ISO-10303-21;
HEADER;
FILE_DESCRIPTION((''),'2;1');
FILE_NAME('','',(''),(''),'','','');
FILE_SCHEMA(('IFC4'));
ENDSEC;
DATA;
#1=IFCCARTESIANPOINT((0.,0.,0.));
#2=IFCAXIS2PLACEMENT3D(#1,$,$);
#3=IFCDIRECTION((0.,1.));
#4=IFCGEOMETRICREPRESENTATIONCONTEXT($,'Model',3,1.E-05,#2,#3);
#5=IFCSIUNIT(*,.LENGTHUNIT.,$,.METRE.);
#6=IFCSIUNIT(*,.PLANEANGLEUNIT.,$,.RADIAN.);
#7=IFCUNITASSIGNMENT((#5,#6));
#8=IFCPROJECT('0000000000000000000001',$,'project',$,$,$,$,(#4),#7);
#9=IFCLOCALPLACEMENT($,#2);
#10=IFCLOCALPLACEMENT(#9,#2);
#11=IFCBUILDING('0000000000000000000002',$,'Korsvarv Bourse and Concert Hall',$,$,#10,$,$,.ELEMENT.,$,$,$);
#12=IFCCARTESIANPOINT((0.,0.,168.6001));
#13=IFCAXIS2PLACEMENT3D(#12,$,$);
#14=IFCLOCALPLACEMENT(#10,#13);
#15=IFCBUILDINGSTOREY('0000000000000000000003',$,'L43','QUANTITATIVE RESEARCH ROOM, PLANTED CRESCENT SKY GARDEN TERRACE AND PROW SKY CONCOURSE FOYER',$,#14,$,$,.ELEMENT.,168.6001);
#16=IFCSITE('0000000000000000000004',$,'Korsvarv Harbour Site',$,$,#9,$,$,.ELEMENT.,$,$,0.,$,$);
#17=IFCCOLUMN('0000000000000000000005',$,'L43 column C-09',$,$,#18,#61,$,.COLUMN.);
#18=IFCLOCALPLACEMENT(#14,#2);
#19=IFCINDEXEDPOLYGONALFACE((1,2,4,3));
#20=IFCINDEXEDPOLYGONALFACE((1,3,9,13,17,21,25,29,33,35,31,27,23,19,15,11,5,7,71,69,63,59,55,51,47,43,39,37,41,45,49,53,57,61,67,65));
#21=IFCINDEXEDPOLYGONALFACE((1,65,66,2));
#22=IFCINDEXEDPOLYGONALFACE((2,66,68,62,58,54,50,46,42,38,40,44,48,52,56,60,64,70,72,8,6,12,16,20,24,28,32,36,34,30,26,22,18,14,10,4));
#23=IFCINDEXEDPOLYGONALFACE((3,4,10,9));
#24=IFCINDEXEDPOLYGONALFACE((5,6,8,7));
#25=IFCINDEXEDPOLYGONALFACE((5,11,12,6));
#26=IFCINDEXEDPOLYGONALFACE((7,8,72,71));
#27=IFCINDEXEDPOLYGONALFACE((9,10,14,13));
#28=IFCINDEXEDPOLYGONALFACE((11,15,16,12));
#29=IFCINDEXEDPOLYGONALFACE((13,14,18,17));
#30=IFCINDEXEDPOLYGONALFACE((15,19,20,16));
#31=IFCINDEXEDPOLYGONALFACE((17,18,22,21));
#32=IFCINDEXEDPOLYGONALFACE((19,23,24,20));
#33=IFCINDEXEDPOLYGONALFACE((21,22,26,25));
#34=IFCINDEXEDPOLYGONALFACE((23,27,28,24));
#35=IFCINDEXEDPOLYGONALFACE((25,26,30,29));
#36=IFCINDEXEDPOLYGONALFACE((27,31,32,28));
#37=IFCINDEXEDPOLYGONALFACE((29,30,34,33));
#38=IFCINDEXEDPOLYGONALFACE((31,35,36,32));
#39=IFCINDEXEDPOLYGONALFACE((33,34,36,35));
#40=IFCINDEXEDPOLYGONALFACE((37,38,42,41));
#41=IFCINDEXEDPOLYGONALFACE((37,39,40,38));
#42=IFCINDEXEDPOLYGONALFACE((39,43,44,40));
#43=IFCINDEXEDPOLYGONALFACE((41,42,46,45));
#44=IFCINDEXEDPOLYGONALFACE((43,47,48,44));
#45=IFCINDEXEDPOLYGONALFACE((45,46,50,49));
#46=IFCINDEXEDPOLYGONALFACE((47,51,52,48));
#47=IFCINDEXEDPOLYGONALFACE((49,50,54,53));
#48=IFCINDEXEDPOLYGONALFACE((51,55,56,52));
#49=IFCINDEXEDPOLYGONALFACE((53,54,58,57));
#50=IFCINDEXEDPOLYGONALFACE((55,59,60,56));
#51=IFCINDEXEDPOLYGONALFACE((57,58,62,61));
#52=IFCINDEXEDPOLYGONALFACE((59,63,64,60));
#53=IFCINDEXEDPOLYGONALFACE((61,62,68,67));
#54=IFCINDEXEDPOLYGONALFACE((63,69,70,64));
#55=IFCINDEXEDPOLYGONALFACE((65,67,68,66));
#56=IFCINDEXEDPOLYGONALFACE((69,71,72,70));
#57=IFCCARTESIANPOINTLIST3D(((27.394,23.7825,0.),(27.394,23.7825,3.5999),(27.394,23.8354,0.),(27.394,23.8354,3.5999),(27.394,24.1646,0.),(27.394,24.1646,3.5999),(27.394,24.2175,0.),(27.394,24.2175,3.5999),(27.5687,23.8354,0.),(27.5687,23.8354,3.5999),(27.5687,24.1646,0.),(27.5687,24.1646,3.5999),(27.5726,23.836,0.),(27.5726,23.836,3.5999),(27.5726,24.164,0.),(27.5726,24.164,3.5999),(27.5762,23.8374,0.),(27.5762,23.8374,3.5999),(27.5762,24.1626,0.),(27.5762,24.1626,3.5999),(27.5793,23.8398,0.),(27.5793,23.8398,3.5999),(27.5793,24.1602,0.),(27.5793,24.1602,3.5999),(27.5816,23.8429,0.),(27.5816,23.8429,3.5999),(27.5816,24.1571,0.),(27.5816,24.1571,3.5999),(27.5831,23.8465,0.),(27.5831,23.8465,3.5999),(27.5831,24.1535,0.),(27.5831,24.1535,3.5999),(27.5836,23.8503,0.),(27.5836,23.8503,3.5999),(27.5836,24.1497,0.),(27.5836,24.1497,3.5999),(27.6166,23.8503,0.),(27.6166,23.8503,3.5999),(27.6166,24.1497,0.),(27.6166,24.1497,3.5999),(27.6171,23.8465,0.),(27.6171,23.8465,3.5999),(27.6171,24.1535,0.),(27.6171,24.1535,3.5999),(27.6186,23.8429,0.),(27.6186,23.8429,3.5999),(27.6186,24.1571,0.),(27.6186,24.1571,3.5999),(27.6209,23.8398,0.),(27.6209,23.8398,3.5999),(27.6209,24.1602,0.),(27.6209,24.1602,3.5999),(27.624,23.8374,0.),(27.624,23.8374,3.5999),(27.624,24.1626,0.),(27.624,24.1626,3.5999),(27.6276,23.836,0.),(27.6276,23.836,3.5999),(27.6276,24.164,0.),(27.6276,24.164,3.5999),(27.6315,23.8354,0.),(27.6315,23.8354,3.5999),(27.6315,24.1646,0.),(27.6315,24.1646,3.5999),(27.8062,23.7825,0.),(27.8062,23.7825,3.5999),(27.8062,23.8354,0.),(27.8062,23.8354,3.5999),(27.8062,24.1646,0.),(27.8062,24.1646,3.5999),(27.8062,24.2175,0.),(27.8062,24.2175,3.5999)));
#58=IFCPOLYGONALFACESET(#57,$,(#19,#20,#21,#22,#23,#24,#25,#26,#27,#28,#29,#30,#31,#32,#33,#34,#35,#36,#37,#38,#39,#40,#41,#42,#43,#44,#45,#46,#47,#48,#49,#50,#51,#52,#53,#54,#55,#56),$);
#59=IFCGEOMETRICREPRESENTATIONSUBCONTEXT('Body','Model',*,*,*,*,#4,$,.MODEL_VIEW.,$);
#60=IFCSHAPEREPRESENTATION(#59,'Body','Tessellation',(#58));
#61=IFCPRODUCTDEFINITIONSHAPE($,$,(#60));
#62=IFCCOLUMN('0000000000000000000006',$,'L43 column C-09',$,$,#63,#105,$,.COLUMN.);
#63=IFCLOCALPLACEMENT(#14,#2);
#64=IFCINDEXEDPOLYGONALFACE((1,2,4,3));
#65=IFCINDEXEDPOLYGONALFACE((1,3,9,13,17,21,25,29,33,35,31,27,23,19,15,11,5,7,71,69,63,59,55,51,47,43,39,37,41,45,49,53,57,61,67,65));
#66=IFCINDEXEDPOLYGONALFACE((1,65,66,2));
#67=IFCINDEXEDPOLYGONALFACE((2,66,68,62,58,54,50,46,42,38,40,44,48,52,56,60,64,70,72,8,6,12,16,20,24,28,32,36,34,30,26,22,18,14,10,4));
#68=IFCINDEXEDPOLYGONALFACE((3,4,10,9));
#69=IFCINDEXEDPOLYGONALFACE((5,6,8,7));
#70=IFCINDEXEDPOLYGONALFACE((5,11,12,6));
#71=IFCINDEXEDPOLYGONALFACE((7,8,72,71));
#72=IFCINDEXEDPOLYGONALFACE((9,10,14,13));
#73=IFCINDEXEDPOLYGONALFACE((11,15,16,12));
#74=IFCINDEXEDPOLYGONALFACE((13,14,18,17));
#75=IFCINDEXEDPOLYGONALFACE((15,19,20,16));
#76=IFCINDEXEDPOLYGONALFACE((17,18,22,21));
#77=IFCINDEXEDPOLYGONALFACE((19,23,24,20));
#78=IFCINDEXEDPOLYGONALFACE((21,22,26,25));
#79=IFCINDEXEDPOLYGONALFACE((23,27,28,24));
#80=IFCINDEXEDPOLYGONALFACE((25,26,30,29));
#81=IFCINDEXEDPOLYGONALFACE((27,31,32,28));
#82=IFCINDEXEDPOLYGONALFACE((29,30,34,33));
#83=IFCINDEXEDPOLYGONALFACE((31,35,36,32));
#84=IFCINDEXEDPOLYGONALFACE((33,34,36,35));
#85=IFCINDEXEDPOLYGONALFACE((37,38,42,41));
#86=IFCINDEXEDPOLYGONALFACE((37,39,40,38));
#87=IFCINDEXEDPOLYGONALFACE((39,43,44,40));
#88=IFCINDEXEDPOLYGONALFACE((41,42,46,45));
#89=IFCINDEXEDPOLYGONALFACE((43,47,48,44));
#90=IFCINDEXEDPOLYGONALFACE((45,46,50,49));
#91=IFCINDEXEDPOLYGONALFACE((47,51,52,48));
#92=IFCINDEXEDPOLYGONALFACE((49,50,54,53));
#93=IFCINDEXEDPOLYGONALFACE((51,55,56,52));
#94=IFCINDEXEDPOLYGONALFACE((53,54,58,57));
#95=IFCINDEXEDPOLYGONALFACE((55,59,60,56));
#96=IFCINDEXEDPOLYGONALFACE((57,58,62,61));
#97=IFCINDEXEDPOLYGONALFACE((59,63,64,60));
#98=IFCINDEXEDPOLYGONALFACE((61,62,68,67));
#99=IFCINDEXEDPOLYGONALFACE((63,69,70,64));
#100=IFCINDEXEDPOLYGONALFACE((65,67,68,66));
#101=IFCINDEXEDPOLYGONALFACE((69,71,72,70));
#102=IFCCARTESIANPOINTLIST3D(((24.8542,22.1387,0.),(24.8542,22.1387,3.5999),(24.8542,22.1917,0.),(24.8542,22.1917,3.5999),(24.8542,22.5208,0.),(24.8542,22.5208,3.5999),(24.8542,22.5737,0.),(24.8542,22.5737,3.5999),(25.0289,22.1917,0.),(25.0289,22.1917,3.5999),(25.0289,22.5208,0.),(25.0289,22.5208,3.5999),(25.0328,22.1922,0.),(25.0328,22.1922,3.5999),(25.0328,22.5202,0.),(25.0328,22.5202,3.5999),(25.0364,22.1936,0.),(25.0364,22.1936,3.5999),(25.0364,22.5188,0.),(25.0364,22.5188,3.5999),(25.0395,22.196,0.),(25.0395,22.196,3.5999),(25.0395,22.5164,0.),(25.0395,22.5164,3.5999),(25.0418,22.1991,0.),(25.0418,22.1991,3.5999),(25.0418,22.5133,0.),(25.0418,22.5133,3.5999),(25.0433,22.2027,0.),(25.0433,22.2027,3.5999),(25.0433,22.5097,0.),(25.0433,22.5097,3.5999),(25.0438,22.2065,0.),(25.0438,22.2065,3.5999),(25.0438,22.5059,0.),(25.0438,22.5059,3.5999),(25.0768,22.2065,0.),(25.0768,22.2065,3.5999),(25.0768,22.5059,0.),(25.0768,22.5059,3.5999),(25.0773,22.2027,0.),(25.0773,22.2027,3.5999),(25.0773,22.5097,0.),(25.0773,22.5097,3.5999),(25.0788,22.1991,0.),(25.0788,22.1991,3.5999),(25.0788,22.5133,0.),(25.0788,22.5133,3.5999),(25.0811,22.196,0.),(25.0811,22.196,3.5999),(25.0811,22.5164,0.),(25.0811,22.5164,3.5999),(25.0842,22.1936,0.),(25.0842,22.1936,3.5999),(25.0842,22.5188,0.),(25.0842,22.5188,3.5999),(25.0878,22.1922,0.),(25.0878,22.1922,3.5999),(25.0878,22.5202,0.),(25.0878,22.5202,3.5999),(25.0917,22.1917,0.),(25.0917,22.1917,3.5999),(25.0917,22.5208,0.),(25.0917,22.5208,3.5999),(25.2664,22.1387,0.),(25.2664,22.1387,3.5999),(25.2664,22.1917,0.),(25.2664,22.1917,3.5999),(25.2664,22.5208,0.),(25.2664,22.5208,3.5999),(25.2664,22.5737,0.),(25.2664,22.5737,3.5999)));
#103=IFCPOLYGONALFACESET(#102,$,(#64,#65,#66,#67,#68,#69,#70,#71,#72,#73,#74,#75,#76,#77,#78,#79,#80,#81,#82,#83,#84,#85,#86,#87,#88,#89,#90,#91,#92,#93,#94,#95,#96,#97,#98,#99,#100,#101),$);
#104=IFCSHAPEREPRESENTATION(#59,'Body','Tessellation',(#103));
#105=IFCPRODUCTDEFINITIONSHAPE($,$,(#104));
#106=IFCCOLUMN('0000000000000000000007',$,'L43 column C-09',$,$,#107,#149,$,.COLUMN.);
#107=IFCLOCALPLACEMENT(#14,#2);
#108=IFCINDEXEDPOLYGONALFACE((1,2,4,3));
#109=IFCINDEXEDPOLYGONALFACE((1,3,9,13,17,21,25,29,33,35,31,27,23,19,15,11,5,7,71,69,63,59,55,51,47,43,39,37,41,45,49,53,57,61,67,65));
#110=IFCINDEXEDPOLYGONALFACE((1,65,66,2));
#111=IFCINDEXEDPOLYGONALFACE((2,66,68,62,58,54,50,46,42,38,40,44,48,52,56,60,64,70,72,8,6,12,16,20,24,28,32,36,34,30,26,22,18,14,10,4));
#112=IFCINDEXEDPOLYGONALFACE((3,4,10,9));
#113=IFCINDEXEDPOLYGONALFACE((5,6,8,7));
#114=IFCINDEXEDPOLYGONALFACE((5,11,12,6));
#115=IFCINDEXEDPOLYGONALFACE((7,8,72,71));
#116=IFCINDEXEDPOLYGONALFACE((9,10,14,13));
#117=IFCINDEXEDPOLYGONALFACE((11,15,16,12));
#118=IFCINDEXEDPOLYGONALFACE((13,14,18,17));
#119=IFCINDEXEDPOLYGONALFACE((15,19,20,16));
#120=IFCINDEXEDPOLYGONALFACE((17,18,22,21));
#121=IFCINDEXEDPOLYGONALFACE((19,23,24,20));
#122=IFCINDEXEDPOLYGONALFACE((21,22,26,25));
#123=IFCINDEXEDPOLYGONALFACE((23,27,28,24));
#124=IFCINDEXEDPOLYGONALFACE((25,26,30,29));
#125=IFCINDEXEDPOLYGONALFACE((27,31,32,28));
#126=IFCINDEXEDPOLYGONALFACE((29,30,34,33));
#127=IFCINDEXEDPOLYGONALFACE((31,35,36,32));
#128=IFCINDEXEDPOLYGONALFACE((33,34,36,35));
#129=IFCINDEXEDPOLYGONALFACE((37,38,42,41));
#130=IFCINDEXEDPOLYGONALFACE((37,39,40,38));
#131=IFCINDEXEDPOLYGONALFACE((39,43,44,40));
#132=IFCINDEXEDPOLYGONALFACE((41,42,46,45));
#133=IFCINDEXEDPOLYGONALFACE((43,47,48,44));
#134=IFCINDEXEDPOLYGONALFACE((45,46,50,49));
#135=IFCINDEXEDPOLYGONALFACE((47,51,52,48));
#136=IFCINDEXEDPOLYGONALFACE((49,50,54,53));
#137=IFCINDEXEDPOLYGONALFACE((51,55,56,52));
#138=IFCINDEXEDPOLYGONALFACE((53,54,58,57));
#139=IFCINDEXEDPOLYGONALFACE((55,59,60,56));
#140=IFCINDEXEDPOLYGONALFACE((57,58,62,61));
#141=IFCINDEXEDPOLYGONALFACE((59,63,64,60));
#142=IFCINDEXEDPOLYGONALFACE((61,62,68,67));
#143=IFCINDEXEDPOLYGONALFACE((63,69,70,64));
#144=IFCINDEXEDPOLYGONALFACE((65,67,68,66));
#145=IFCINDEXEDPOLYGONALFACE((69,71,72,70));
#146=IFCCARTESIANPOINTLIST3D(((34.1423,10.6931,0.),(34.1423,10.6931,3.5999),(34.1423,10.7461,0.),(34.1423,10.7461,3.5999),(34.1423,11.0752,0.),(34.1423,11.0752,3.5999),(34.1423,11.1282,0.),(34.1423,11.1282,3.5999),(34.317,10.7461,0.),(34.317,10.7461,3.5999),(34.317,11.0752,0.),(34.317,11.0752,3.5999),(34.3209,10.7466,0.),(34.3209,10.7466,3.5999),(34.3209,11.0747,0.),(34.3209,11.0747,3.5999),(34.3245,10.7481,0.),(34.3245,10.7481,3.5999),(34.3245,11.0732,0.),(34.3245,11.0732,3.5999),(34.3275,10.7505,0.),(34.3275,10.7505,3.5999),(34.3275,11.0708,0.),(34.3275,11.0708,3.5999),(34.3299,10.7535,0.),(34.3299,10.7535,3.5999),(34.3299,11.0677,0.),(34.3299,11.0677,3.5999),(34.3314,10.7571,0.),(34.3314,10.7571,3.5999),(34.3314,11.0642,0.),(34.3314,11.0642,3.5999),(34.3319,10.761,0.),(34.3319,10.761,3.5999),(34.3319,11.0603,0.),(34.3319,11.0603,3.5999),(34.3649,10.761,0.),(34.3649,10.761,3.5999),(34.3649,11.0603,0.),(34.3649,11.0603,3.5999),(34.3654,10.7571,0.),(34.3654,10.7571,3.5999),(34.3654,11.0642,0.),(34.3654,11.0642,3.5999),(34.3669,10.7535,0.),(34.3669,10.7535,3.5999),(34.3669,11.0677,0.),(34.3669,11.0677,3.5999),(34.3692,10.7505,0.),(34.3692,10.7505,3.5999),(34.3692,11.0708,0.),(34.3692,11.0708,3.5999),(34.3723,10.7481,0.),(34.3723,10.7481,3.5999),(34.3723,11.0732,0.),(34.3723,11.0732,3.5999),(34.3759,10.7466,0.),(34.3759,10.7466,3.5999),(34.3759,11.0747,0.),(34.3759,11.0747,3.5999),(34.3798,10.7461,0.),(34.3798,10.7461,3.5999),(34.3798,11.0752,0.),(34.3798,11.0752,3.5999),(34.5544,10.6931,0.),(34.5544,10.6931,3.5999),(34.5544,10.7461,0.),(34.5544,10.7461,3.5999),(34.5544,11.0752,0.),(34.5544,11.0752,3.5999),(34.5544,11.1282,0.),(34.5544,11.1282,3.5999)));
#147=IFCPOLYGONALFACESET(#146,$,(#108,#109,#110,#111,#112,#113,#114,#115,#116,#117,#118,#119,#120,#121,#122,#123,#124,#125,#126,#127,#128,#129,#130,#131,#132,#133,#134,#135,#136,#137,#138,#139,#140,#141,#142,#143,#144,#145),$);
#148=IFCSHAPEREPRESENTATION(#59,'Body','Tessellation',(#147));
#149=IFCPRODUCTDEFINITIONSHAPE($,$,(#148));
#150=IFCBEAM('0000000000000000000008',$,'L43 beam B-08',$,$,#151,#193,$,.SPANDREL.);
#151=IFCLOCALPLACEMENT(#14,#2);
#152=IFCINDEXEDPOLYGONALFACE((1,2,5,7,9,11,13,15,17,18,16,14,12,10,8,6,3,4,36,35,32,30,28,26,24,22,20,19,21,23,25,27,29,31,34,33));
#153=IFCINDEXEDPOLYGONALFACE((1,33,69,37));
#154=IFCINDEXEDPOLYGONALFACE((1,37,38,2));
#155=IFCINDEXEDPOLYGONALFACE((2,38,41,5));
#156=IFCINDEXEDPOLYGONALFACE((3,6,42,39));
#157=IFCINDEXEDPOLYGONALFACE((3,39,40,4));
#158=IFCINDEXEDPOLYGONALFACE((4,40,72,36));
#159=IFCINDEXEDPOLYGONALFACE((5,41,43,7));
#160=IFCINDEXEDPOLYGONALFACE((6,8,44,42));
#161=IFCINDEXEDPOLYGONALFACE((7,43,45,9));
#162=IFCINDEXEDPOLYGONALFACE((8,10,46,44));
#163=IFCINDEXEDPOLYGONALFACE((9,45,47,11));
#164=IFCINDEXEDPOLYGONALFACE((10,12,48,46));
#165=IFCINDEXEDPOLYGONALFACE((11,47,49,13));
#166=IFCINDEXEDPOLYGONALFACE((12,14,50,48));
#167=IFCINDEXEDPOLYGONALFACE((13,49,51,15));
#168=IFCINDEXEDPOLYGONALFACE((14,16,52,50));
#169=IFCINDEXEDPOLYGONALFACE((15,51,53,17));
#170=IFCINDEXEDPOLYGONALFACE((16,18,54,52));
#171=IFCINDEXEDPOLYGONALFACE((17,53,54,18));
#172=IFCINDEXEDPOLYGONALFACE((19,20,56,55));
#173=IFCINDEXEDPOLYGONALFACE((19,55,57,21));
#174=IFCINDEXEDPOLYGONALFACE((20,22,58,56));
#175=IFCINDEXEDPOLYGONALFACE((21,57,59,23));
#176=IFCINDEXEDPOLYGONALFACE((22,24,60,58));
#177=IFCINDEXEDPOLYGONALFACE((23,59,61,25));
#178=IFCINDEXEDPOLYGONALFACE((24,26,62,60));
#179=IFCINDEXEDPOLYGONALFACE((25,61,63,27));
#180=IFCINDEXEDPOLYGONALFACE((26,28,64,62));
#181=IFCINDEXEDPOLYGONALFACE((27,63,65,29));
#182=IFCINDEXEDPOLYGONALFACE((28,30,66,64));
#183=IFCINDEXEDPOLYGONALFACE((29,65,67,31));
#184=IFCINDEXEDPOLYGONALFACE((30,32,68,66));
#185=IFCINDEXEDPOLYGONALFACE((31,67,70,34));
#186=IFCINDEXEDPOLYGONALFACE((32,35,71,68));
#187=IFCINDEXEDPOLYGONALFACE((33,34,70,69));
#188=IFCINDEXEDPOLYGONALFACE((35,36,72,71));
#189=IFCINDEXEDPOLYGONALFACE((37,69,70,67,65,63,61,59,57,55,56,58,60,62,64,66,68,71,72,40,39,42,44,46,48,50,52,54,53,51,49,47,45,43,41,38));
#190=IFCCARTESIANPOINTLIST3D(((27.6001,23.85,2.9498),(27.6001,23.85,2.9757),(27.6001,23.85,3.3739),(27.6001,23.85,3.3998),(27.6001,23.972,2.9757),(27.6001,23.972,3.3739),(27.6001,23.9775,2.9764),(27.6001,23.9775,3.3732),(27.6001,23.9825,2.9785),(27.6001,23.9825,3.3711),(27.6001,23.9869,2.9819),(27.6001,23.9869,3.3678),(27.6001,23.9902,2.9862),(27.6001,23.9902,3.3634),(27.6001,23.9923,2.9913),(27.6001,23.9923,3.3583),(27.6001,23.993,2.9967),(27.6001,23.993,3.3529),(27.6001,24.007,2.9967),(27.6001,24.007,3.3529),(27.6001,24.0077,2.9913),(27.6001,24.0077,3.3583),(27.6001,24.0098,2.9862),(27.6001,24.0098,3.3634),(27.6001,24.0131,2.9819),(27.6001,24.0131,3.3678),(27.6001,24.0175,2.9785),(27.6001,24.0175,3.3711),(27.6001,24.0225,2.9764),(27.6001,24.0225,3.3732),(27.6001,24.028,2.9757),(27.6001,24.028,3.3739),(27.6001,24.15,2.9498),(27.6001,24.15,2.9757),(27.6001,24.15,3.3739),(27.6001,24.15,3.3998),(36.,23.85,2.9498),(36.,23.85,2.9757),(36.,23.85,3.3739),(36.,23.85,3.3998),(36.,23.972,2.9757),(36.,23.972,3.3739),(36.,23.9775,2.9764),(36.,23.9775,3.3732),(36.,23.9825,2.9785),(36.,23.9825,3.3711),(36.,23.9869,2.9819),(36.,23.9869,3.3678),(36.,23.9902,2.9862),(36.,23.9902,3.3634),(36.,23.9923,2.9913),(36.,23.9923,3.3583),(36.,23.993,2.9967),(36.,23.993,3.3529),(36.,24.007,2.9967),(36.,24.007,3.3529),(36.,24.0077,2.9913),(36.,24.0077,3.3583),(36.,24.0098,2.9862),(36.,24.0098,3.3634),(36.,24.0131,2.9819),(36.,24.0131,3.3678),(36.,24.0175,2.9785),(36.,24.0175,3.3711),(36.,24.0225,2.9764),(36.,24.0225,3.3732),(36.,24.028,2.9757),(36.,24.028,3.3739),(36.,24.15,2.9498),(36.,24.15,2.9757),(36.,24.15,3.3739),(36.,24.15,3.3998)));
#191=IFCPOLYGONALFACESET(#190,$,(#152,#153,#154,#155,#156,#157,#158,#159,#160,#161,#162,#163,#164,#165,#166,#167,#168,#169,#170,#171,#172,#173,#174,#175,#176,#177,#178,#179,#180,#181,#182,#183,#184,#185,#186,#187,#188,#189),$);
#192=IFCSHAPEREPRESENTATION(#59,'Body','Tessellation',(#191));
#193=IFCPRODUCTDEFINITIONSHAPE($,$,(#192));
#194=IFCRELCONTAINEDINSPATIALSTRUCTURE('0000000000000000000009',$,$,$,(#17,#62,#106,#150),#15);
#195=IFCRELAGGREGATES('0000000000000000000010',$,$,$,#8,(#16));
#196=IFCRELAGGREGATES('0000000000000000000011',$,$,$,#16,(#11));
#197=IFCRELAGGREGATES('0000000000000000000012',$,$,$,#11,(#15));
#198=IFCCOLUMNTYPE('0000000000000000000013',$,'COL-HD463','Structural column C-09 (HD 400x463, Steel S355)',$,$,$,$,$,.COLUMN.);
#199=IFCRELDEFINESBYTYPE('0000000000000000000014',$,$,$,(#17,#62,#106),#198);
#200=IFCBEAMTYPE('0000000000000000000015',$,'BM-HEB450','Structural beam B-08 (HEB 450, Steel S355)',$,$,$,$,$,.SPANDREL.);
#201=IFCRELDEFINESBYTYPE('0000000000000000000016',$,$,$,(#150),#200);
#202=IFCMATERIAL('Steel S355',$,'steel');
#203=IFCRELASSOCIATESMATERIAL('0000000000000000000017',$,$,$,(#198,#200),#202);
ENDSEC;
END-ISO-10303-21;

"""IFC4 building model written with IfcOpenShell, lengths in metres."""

from ifc_helpers import new_model, si_unit, direction, frame, origin, origin_2d, place, context, subcontext, project, spatial, i_section, extrude, source, transform, mapped, material, material_profile, profile_set, type_object, element, save


model = new_model("IFC4")

# Units and contexts
model_context = context("Model", 3, precision=1e-05, world=origin(), true_north=direction((0.0, 1.0)))
body_context = subcontext(model_context, "Body", "Model", "MODEL_VIEW")
ifc_project = project(units=[si_unit("LENGTHUNIT", "METRE"), si_unit("PLANEANGLEUNIT", "RADIAN")], contexts=[model_context])

# Site, building, storey
site_placement = place(None, origin())
site = spatial("IfcSite", under=ifc_project, at=site_placement, Name="Korsvarv Harbour Site", CompositionType="ELEMENT", RefElevation=0.0)
building_placement = place(site_placement, origin())
building = spatial("IfcBuilding", under=site, at=building_placement, Name="Korsvarv Bourse and Concert Hall", CompositionType="ELEMENT")
storey_placement = place(building_placement, frame((0.0, 0.0, 168.6001)))
storey = spatial("IfcBuildingStorey", under=building, at=storey_placement, Name="L43", Description="QUANTITATIVE RESEARCH ROOM, PLANTED CRESCENT SKY GARDEN TERRACE AND PROW SKY CONCOURSE FOYER", CompositionType="ELEMENT", Elevation=168.6001)

# Columns
ifc_material_1 = material(Name="Steel S355", Category="steel")
ifc_material_profile_1 = material_profile(ifc_material_1, i_section(OverallWidth=0.4121, OverallDepth=0.4351, WebThickness=0.033, FlangeThickness=0.053, FilletRadius=0.0149, at=origin_2d()), Name="HD 400x463")
ifc_profile_set_1 = profile_set([ifc_material_profile_1], Name="Steel S355")
column_type = type_object("IfcColumnType", Name="COL-HD463", Description="Structural column C-09 (HD 400x463, Steel S355)", PredefinedType="COLUMN", material=ifc_profile_set_1)
shared_shape_1 = source(origin(), body_context, "Body", "SweptSolid", [
    extrude(i_section(OverallWidth=0.4121, OverallDepth=0.4351, WebThickness=0.033, FlangeThickness=0.053, FilletRadius=0.0149, at=origin_2d()), origin(), (0.0, 0.0, 1.0), 3.5999),
])
for number, where, z_axis, x_axis, name in (
    (1, (27.6001, 24.0, 0.0), (0.0, 0.0, 1.0), (1.0, 0.0, 0.0), "L43 column C-09"),
    (2, (25.0603, 22.3562, 0.0), (0.0, 0.0, 1.0), (1.0, 0.0, 0.0), "L43 column C-09"),
    (3, (34.3484, 10.9106, 0.0), (0.0, 0.0, 1.0), (1.0, 0.0, 0.0), "L43 column C-09"),
):
    element("IfcColumn", number, at=place(storey_placement, frame(where, z_axis=z_axis, x_axis=x_axis)), inside=storey, type_object=column_type, Name=name, PredefinedType="COLUMN", context=body_context, shape_type="MappedRepresentation", body=[
        mapped(shared_shape_1, transform((0.0, 0.0, 0.0), scale=1.0)),
    ])

# Beam
ifc_material_profile_2 = material_profile(ifc_material_1, i_section(OverallWidth=0.3, OverallDepth=0.45, WebThickness=0.0139, FlangeThickness=0.0259, FilletRadius=0.021, at=origin_2d()), Name="HEB 450")
ifc_profile_set_2 = profile_set([ifc_material_profile_2], Name="Steel S355")
beam_type_1 = type_object("IfcBeamType", Name="BM-HEB450", Description="Structural beam B-08 (HEB 450, Steel S355)", PredefinedType="SPANDREL", material=ifc_profile_set_2)
shared_shape_2 = source(origin(), body_context, "Body", "SweptSolid", [
    extrude(i_section(OverallWidth=0.3, OverallDepth=0.45, WebThickness=0.0139, FlangeThickness=0.0259, FilletRadius=0.021, at=origin_2d()), origin(), (0.0, 0.0, 1.0), 8.3999),
])
beam_1_placement = place(storey_placement, frame((27.6001, 24.0, 3.1748), z_axis=(1.0, 0.0, 0.0), x_axis=(0.0, 1.0, 0.0)))
element("IfcBeam", 4, at=beam_1_placement, inside=storey, type_object=beam_type_1, Name="L43 beam B-08", PredefinedType="SPANDREL", context=body_context, shape_type="MappedRepresentation", body=[
    mapped(shared_shape_2, transform((0.0, 0.0, 0.0), scale=1.0)),
])

save(model, "model.ifc")
